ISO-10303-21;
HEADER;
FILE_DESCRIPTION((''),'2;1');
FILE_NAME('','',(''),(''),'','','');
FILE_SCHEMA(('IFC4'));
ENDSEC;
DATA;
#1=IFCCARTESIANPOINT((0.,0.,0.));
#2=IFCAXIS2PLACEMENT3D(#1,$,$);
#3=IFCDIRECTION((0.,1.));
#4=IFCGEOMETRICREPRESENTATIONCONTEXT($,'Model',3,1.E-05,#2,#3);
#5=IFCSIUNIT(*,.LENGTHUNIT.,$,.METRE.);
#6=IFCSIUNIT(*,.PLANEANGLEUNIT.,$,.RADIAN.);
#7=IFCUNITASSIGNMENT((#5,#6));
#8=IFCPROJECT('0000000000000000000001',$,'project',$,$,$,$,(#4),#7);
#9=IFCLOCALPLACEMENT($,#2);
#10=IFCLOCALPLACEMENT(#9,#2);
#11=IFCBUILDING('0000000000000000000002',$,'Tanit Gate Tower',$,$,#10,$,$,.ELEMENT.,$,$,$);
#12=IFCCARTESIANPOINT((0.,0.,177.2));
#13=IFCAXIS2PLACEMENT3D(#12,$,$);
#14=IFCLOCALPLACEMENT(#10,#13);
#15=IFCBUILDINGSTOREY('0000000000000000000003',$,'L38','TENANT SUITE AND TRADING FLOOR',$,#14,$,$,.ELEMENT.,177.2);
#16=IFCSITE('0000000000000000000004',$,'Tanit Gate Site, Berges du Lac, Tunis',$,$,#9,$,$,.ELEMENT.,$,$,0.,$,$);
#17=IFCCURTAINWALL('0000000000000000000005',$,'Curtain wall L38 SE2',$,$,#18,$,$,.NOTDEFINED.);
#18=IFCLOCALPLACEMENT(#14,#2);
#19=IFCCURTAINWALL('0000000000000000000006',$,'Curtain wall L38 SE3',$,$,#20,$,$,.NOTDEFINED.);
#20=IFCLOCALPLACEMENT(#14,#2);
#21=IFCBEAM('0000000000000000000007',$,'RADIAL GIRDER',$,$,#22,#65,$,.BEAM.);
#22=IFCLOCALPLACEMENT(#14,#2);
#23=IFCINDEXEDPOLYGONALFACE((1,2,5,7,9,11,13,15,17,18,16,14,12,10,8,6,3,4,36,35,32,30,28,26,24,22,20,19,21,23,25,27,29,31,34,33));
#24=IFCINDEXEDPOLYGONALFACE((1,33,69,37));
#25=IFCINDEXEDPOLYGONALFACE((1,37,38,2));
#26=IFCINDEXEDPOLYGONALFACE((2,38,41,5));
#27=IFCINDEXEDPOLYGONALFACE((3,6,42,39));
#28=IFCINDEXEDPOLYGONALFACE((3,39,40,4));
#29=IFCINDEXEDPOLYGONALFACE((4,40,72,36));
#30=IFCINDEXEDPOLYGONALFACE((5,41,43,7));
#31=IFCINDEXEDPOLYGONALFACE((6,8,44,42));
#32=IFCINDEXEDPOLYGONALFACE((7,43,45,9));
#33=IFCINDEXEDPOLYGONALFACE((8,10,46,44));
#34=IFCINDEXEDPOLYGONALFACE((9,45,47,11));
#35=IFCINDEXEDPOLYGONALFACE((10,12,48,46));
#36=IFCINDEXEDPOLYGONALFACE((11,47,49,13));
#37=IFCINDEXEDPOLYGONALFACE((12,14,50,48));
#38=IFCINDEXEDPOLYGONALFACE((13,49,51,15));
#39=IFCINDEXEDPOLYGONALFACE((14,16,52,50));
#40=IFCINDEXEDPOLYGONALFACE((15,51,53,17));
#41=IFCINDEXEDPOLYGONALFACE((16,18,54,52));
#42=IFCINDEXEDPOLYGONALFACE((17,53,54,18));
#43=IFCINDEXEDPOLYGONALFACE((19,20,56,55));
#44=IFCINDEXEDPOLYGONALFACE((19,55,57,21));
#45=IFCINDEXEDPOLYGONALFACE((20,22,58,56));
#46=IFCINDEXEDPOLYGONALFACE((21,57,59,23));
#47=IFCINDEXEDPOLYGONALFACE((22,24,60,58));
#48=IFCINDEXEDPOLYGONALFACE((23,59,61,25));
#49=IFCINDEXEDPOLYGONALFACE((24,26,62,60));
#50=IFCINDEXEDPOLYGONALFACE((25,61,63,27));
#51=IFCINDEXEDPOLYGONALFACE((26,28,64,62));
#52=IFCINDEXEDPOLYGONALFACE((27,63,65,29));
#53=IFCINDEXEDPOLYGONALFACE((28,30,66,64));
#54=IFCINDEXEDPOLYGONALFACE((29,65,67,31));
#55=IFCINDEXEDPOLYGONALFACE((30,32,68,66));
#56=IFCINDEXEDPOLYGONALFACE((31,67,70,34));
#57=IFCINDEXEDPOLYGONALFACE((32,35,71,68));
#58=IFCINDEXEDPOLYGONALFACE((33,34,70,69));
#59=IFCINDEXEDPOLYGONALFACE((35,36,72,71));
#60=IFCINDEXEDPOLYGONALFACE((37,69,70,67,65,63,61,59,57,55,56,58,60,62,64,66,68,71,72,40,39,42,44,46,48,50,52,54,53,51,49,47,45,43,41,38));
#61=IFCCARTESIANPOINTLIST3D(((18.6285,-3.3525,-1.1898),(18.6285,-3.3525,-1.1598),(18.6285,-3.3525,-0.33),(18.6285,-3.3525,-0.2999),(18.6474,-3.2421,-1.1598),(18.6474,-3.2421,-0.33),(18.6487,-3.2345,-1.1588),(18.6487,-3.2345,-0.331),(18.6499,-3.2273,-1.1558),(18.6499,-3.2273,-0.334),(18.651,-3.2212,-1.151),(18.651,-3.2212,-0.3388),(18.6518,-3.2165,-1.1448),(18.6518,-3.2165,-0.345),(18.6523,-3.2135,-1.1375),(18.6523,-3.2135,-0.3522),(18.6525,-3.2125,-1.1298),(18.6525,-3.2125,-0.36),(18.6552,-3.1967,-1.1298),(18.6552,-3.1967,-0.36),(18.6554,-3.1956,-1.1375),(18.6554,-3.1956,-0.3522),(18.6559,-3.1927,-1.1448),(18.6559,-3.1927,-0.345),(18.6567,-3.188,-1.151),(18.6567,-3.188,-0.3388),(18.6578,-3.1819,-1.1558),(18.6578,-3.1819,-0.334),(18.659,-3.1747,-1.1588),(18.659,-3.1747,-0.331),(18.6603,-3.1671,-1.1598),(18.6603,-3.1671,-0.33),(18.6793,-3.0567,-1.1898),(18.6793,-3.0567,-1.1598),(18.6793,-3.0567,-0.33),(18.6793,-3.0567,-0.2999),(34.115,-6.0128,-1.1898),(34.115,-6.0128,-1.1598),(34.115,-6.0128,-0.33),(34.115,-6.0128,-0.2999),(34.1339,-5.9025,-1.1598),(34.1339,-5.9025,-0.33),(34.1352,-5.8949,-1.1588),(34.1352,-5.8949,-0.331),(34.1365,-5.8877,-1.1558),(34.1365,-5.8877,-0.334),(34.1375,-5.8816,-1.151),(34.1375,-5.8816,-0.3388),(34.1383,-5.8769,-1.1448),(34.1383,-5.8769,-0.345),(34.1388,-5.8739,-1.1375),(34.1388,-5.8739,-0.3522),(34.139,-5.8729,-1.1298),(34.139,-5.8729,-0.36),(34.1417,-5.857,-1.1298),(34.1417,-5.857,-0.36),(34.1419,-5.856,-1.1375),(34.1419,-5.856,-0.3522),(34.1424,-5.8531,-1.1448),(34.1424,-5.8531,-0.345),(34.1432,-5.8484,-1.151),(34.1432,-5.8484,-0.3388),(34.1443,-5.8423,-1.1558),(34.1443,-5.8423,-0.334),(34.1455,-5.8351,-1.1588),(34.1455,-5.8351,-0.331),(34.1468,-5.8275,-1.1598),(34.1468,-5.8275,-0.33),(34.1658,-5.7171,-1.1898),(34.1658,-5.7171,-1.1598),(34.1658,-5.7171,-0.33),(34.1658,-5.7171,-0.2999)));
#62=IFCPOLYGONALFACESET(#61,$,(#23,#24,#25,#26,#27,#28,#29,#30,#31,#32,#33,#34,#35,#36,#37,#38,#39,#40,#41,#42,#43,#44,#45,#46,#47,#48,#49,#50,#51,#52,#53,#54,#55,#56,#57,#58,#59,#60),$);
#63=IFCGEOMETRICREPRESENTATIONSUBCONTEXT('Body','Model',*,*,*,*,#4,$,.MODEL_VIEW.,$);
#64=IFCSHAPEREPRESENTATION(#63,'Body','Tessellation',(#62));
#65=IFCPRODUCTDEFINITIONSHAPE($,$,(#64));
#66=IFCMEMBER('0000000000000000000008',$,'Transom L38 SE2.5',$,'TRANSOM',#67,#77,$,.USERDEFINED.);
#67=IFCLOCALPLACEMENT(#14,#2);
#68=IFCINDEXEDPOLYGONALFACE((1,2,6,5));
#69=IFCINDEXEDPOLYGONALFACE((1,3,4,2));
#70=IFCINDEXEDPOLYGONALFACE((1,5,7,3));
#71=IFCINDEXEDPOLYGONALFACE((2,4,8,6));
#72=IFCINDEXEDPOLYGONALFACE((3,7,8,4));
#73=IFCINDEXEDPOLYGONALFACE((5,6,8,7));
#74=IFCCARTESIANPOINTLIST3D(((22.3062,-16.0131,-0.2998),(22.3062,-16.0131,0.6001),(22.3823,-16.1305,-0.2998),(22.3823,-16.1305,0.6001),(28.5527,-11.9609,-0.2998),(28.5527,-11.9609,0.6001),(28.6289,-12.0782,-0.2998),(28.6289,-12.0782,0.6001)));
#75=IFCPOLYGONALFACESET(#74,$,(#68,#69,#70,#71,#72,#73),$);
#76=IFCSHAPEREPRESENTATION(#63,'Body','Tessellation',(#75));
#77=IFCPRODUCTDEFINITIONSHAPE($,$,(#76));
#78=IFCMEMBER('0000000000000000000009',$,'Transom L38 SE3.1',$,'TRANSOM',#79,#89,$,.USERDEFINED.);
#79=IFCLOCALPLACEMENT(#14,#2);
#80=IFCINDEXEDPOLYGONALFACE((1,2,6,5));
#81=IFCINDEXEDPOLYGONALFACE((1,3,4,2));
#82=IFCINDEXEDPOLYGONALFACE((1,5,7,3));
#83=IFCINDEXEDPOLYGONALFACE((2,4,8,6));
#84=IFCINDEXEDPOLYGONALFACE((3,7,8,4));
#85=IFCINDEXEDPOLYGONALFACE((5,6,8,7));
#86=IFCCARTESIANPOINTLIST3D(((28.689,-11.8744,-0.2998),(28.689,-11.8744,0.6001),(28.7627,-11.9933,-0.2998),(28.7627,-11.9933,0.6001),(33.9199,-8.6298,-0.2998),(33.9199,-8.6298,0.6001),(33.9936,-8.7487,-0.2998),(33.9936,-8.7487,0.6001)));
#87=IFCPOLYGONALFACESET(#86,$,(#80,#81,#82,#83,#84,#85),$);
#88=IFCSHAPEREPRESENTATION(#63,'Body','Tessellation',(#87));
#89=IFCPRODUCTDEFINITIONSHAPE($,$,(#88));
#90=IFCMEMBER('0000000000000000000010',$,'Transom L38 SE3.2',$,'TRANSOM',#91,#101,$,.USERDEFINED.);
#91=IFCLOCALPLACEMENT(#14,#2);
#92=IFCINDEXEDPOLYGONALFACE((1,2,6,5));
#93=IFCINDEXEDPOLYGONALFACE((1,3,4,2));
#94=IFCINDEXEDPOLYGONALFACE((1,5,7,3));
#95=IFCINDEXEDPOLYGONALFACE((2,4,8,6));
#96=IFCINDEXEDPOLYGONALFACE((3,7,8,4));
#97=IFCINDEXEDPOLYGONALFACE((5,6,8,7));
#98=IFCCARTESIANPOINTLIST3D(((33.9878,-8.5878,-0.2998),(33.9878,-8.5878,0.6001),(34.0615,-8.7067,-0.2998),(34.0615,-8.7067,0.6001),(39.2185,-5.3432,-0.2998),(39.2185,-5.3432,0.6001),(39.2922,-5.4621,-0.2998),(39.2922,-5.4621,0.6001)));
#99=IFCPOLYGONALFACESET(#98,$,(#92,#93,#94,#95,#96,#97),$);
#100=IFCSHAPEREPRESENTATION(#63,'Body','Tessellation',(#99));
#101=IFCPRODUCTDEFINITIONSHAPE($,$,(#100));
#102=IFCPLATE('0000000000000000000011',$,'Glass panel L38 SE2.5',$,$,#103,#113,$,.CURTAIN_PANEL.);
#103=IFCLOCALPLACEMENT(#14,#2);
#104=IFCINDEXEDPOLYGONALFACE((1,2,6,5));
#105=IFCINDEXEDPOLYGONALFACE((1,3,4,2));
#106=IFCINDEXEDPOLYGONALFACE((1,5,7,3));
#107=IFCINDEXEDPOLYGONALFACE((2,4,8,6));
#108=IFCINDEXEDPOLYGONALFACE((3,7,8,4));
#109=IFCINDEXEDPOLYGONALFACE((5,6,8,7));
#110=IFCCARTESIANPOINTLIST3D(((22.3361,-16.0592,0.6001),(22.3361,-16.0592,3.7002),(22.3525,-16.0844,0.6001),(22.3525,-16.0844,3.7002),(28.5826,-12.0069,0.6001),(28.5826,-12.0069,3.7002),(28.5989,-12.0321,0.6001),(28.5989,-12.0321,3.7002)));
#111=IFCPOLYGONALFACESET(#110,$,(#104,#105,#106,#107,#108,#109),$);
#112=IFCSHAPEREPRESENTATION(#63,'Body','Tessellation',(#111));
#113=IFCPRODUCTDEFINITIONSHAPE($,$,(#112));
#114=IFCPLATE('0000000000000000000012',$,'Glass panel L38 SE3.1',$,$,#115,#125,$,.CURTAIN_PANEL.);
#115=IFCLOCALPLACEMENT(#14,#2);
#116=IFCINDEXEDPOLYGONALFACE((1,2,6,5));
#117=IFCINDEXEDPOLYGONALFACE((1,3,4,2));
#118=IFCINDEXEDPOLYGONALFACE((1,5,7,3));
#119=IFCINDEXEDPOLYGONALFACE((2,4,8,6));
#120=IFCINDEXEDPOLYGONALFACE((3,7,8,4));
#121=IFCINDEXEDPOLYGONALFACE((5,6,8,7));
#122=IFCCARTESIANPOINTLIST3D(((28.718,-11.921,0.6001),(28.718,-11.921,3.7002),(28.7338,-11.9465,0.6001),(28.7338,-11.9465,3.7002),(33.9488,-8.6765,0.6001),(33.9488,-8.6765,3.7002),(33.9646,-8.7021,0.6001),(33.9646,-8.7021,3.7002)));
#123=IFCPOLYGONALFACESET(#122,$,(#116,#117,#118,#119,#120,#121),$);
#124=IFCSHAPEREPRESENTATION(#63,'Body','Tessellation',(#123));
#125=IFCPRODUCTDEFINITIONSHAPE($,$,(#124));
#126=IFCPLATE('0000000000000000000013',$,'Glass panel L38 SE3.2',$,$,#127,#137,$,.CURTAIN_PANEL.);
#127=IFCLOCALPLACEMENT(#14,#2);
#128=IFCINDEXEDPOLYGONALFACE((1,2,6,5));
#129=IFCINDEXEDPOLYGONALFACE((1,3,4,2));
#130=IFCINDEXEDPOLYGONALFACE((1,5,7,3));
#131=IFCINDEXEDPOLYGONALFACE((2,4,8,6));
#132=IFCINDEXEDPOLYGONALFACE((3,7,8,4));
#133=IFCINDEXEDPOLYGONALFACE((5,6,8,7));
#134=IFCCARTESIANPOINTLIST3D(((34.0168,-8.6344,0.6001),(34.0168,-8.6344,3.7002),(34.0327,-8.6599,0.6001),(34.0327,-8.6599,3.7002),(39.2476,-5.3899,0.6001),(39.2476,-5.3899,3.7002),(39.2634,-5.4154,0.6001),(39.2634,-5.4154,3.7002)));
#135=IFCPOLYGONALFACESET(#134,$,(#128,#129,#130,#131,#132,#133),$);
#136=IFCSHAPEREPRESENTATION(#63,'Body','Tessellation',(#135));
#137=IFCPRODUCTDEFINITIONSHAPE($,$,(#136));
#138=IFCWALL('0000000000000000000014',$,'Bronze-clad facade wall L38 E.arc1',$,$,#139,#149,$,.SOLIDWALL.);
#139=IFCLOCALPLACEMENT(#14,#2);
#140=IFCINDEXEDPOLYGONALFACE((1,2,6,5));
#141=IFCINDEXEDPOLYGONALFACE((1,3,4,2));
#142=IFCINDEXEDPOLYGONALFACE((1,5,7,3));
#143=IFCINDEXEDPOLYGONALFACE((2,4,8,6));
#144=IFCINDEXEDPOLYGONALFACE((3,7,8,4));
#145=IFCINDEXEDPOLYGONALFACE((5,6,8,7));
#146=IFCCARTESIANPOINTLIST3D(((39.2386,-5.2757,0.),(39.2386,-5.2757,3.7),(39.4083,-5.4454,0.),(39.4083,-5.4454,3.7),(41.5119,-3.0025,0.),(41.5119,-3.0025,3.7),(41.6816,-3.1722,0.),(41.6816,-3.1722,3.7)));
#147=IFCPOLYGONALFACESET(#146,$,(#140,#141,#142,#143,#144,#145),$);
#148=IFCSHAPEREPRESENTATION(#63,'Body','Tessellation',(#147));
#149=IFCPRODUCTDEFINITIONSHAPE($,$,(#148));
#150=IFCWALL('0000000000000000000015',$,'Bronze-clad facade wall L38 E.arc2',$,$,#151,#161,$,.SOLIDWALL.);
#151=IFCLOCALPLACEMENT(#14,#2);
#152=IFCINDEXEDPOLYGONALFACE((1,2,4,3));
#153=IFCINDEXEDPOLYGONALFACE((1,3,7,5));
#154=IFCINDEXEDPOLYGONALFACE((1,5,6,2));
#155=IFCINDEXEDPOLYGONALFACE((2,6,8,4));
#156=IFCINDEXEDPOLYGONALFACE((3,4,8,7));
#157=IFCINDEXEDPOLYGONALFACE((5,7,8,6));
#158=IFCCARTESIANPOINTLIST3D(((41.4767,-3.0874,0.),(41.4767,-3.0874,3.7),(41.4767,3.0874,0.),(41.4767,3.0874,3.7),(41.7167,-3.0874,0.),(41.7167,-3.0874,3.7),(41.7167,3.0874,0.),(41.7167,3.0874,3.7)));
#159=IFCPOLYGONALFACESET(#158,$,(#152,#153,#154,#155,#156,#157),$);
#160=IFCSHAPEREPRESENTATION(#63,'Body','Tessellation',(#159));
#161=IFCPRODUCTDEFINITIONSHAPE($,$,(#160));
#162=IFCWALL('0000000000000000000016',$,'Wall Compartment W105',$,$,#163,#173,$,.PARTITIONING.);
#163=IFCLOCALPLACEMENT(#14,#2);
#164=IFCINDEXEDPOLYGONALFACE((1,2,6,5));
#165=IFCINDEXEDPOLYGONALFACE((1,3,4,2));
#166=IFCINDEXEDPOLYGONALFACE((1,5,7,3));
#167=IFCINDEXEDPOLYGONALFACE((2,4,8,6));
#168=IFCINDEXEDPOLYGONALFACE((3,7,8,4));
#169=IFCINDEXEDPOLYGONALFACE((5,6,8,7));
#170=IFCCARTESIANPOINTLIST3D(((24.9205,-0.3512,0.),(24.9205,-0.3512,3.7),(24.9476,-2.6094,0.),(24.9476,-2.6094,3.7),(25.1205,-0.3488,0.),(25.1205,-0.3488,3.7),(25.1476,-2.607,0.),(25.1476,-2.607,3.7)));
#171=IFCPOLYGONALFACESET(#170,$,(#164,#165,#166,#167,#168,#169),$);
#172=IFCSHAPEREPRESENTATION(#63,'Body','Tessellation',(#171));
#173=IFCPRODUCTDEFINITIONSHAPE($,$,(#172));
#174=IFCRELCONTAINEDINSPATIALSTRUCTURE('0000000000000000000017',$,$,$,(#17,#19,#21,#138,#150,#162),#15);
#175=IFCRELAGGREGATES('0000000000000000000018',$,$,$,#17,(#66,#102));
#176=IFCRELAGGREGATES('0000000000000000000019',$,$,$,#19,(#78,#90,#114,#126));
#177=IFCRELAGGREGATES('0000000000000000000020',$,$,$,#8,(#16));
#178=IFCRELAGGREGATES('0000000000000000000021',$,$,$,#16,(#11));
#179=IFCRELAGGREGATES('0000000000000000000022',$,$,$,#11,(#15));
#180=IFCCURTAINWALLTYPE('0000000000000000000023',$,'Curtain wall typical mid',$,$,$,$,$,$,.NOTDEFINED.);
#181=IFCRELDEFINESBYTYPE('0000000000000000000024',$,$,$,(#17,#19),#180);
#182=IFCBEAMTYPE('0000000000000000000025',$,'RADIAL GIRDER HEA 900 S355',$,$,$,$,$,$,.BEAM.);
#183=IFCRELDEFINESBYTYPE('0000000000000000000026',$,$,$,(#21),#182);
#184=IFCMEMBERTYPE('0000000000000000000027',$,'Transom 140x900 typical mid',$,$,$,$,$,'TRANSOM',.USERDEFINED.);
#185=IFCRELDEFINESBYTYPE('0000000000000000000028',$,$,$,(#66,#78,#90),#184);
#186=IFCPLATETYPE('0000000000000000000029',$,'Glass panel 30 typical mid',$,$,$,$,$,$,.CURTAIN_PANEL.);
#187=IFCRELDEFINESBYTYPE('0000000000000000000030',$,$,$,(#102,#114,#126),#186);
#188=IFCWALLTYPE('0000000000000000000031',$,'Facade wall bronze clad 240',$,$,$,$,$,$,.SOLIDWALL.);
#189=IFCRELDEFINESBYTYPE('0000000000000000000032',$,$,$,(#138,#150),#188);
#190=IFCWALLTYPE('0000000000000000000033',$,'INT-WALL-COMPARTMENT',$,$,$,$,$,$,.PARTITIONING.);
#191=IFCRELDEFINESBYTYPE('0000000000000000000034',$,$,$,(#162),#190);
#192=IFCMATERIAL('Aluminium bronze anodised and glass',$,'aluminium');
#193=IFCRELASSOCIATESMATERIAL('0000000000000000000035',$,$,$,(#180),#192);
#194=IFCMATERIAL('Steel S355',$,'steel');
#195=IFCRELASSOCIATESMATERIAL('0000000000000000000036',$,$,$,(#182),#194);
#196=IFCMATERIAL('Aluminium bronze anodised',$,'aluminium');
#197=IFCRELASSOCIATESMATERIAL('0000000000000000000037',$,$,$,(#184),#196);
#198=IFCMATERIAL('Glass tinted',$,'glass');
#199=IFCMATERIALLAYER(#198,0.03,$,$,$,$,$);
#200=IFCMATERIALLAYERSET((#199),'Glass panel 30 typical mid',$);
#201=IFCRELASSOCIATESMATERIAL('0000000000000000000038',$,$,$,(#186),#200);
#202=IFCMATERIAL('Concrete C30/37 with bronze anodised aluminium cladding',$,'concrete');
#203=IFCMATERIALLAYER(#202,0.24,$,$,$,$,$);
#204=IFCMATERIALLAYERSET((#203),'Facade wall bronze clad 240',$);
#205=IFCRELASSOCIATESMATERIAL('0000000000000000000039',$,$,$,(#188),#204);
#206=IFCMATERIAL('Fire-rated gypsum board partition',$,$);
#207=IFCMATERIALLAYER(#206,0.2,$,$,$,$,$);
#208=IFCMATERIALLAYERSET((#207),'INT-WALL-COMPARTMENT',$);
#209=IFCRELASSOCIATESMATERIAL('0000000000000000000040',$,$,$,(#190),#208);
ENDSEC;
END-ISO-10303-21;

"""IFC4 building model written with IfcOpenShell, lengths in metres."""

from ifc_helpers import new_model, si_unit, direction, frame, frame_2d, origin, origin_2d, place, context, subcontext, project, spatial, rectangle, i_section, extrude, material, layer, layer_set, material_profile, profile_set, type_object, element, aggregate, save


model = new_model("IFC4")

# Units and contexts
model_context = context("Model", 3, precision=1e-05, world=origin(), true_north=direction((0.0, 1.0)))
body_context = subcontext(model_context, "Body", "Model", "MODEL_VIEW")
ifc_project = project(units=[si_unit("LENGTHUNIT", "METRE"), si_unit("PLANEANGLEUNIT", "RADIAN")], contexts=[model_context])

# Site, building, storey
site_placement = place(None, origin())
site = spatial("IfcSite", under=ifc_project, at=site_placement, Name="Tanit Gate Site, Berges du Lac, Tunis", CompositionType="ELEMENT", RefElevation=0.0)
building_placement = place(site_placement, origin())
building = spatial("IfcBuilding", under=site, at=building_placement, Name="Tanit Gate Tower", CompositionType="ELEMENT")
storey_placement = place(building_placement, frame((0.0, 0.0, 177.2)))
storey = spatial("IfcBuildingStorey", under=building, at=storey_placement, Name="L38", Description="TENANT SUITE AND TRADING FLOOR", CompositionType="ELEMENT", Elevation=177.2)

# Curtain wall
ifc_material_1 = material(Name="Aluminium bronze anodised and glass", Category="aluminium")
curtain_wall_type = type_object("IfcCurtainWallType", Name="Curtain wall typical mid", PredefinedType="NOTDEFINED", material=ifc_material_1)
curtain_wall_1_placement = place(storey_placement, origin())
curtain_wall_1 = element("IfcCurtainWall", 1, at=curtain_wall_1_placement, inside=storey, type_object=curtain_wall_type, Name="Curtain wall L38 SE2", PredefinedType="NOTDEFINED")

# Curtain wall
curtain_wall_2_placement = place(storey_placement, origin())
curtain_wall_2 = element("IfcCurtainWall", 2, at=curtain_wall_2_placement, inside=storey, type_object=curtain_wall_type, Name="Curtain wall L38 SE3", PredefinedType="NOTDEFINED")

# Beam
ifc_material_2 = material(Name="Steel S355", Category="steel")
ifc_material_profile_1 = material_profile(ifc_material_2, i_section(OverallWidth=0.3, OverallDepth=0.8899, WebThickness=0.0161, FlangeThickness=0.03, FilletRadius=0.03, at=origin_2d()), Name="HEA 900")
ifc_profile_set_1 = profile_set([ifc_material_profile_1], Name="Steel S355")
beam_type_1 = type_object("IfcBeamType", Name="RADIAL GIRDER HEA 900 S355", PredefinedType="BEAM", material=ifc_profile_set_1)
beam_1_placement = place(storey_placement, frame((34.1404, -5.865, -0.7449), z_axis=(-0.985563, 0.169308, 0.0), x_axis=(-0.169308, -0.985563, 0.0)))
element("IfcBeam", 3, at=beam_1_placement, inside=storey, type_object=beam_type_1, Name="RADIAL GIRDER", PredefinedType="BEAM", context=body_context, shape_type="SweptSolid", body=[
    extrude(i_section(OverallWidth=0.3, OverallDepth=0.8899, WebThickness=0.0161, FlangeThickness=0.03, FilletRadius=0.03, at=origin_2d()), origin(), (0.0, 0.0, 1.0), 15.7134),
])

# Members
ifc_material_3 = material(Name="Aluminium bronze anodised", Category="aluminium")
ifc_material_profile_2 = material_profile(ifc_material_3, rectangle(XDim=0.1399, YDim=0.8999, at=origin_2d()), Name="140x900 bronze transom")
ifc_profile_set_2 = profile_set([ifc_material_profile_2], Name="Aluminium bronze anodised")
member_type_1 = type_object("IfcMemberType", Name="Transom 140x900 typical mid", ElementType="TRANSOM", PredefinedType="USERDEFINED", material=ifc_profile_set_2)
member_1_placement = place(storey_placement, frame((22.3442, -16.0718, 0.1501), z_axis=(0.838936, 0.54423, 0.0), x_axis=(-0.54423, 0.838936, 0.0)))
member_1 = element("IfcMember", 4, at=member_1_placement, type_object=member_type_1, Name="Transom L38 SE2.5", ObjectType="TRANSOM", PredefinedType="USERDEFINED", context=body_context, shape_type="SweptSolid", body=[
    extrude(rectangle(XDim=0.1399, YDim=0.8999, at=origin_2d()), origin(), (0.0, 0.0, 1.0), 7.4458),
])
member_2_placement = place(storey_placement, frame((28.7258, -11.9338, 0.1501), z_axis=(0.849798, 0.527108, 0.0), x_axis=(-0.527108, 0.849798, 0.0)))
member_2 = element("IfcMember", 5, at=member_2_placement, type_object=member_type_1, Name="Transom L38 SE3.1", ObjectType="TRANSOM", PredefinedType="USERDEFINED", context=body_context, shape_type="SweptSolid", body=[
    extrude(rectangle(XDim=0.1399, YDim=0.8999, at=origin_2d()), origin(), (0.0, 0.0, 1.0), 6.1555),
])
member_3_placement = place(storey_placement, frame((34.0247, -8.6472, 0.1501), z_axis=(0.849787, 0.527126, 0.0), x_axis=(-0.527126, 0.849787, 0.0)))
member_3 = element("IfcMember", 6, at=member_3_placement, type_object=member_type_1, Name="Transom L38 SE3.2", ObjectType="TRANSOM", PredefinedType="USERDEFINED", context=body_context, shape_type="SweptSolid", body=[
    extrude(rectangle(XDim=0.1399, YDim=0.8999, at=origin_2d()), origin(), (0.0, 0.0, 1.0), 6.1553),
])

# Plates
ifc_material_4 = material(Name="Glass tinted", Category="glass")
ifc_layer_1 = layer(ifc_material_4, 0.03)
ifc_layer_set_1 = layer_set([ifc_layer_1], Name="Glass panel 30 typical mid")
plate_type = type_object("IfcPlateType", Name="Glass panel 30 typical mid", PredefinedType="CURTAIN_PANEL", material=ifc_layer_set_1)
plate_1_placement = place(storey_placement, frame((25.4675, -14.0457, 0.6001), z_axis=(0.0, 0.0, 1.0), x_axis=(0.838927, 0.544243, 0.0)))
plate_1 = element("IfcPlate", 7, at=plate_1_placement, type_object=plate_type, Name="Glass panel L38 SE2.5", PredefinedType="CURTAIN_PANEL", context=body_context, shape_type="SweptSolid", body=[
    extrude(rectangle(XDim=7.4458, YDim=0.03, at=origin_2d()), origin(), (0.0, 0.0, 1.0), 3.1001),
])
aggregate(curtain_wall_1, [member_1, plate_1])
plate_2_placement = place(storey_placement, frame((31.3413, -10.3115, 0.6001), z_axis=(0.0, 0.0, 1.0), x_axis=(0.849802, 0.527102, 0.0)))
plate_2 = element("IfcPlate", 8, at=plate_2_placement, type_object=plate_type, Name="Glass panel L38 SE3.1", PredefinedType="CURTAIN_PANEL", context=body_context, shape_type="SweptSolid", body=[
    extrude(rectangle(XDim=6.1553, YDim=0.03, at=origin_2d()), origin(), (0.0, 0.0, 1.0), 3.1001),
])
plate_3_placement = place(storey_placement, frame((36.6401, -7.0249, 0.6001), z_axis=(0.0, 0.0, 1.0), x_axis=(0.849802, 0.527102, 0.0)))
plate_3 = element("IfcPlate", 9, at=plate_3_placement, type_object=plate_type, Name="Glass panel L38 SE3.2", PredefinedType="CURTAIN_PANEL", context=body_context, shape_type="SweptSolid", body=[
    extrude(rectangle(XDim=6.1553, YDim=0.03, at=origin_2d()), origin(), (0.0, 0.0, 1.0), 3.1001),
])
aggregate(curtain_wall_2, [member_2, member_3, plate_2, plate_3])

# Walls
ifc_material_5 = material(Name="Concrete C30/37 with bronze anodised aluminium cladding", Category="concrete")
ifc_layer_2 = layer(ifc_material_5, 0.24)
ifc_layer_set_2 = layer_set([ifc_layer_2], Name="Facade wall bronze clad 240")
wall_type_1 = type_object("IfcWallType", Name="Facade wall bronze clad 240", PredefinedType="SOLIDWALL", material=ifc_layer_set_2)
wall_1_placement = place(storey_placement, frame((39.3235, -5.3606, 0.0), z_axis=(0.0, 0.0, 1.0), x_axis=(0.707107, 0.707107, 0.0)))
element("IfcWall", 10, at=wall_1_placement, inside=storey, type_object=wall_type_1, Name="Bronze-clad facade wall L38 E.arc1", PredefinedType="SOLIDWALL", context=body_context, shape_type="SweptSolid", body=[
    extrude(rectangle(XDim=3.2148, YDim=0.24, at=frame_2d((1.6074, 0.0))), origin(), (0.0, 0.0, 1.0), 3.7),
])
wall_2_placement = place(storey_placement, frame((41.5967, -3.0874, 0.0), z_axis=(0.0, 0.0, 1.0), x_axis=(0.0, 1.0, 0.0)))
element("IfcWall", 11, at=wall_2_placement, inside=storey, type_object=wall_type_1, Name="Bronze-clad facade wall L38 E.arc2", PredefinedType="SOLIDWALL", context=body_context, shape_type="SweptSolid", body=[
    extrude(rectangle(XDim=6.1748, YDim=0.24, at=frame_2d((3.0874, 0.0))), origin(), (0.0, 0.0, 1.0), 3.7),
])
ifc_material_6 = material(Name="Fire-rated gypsum board partition")
ifc_layer_3 = layer(ifc_material_6, 0.2)
ifc_layer_set_3 = layer_set([ifc_layer_3], Name="INT-WALL-COMPARTMENT")
wall_type_2 = type_object("IfcWallType", Name="INT-WALL-COMPARTMENT", PredefinedType="PARTITIONING", material=ifc_layer_set_3)
wall_3_placement = place(storey_placement, frame((25.0476, -2.6082, 0.0), z_axis=(0.0, 0.0, 1.0), x_axis=(-0.012, 0.999928, 0.0)))
element("IfcWall", 12, at=wall_3_placement, inside=storey, type_object=wall_type_2, Name="Wall Compartment W105", PredefinedType="PARTITIONING", context=body_context, shape_type="SweptSolid", body=[
    extrude(rectangle(XDim=2.2583, YDim=0.2, at=frame_2d((1.1292, 0.0))), origin(), (0.0, 0.0, 1.0), 3.7),
])

save(model, "model.ifc")
